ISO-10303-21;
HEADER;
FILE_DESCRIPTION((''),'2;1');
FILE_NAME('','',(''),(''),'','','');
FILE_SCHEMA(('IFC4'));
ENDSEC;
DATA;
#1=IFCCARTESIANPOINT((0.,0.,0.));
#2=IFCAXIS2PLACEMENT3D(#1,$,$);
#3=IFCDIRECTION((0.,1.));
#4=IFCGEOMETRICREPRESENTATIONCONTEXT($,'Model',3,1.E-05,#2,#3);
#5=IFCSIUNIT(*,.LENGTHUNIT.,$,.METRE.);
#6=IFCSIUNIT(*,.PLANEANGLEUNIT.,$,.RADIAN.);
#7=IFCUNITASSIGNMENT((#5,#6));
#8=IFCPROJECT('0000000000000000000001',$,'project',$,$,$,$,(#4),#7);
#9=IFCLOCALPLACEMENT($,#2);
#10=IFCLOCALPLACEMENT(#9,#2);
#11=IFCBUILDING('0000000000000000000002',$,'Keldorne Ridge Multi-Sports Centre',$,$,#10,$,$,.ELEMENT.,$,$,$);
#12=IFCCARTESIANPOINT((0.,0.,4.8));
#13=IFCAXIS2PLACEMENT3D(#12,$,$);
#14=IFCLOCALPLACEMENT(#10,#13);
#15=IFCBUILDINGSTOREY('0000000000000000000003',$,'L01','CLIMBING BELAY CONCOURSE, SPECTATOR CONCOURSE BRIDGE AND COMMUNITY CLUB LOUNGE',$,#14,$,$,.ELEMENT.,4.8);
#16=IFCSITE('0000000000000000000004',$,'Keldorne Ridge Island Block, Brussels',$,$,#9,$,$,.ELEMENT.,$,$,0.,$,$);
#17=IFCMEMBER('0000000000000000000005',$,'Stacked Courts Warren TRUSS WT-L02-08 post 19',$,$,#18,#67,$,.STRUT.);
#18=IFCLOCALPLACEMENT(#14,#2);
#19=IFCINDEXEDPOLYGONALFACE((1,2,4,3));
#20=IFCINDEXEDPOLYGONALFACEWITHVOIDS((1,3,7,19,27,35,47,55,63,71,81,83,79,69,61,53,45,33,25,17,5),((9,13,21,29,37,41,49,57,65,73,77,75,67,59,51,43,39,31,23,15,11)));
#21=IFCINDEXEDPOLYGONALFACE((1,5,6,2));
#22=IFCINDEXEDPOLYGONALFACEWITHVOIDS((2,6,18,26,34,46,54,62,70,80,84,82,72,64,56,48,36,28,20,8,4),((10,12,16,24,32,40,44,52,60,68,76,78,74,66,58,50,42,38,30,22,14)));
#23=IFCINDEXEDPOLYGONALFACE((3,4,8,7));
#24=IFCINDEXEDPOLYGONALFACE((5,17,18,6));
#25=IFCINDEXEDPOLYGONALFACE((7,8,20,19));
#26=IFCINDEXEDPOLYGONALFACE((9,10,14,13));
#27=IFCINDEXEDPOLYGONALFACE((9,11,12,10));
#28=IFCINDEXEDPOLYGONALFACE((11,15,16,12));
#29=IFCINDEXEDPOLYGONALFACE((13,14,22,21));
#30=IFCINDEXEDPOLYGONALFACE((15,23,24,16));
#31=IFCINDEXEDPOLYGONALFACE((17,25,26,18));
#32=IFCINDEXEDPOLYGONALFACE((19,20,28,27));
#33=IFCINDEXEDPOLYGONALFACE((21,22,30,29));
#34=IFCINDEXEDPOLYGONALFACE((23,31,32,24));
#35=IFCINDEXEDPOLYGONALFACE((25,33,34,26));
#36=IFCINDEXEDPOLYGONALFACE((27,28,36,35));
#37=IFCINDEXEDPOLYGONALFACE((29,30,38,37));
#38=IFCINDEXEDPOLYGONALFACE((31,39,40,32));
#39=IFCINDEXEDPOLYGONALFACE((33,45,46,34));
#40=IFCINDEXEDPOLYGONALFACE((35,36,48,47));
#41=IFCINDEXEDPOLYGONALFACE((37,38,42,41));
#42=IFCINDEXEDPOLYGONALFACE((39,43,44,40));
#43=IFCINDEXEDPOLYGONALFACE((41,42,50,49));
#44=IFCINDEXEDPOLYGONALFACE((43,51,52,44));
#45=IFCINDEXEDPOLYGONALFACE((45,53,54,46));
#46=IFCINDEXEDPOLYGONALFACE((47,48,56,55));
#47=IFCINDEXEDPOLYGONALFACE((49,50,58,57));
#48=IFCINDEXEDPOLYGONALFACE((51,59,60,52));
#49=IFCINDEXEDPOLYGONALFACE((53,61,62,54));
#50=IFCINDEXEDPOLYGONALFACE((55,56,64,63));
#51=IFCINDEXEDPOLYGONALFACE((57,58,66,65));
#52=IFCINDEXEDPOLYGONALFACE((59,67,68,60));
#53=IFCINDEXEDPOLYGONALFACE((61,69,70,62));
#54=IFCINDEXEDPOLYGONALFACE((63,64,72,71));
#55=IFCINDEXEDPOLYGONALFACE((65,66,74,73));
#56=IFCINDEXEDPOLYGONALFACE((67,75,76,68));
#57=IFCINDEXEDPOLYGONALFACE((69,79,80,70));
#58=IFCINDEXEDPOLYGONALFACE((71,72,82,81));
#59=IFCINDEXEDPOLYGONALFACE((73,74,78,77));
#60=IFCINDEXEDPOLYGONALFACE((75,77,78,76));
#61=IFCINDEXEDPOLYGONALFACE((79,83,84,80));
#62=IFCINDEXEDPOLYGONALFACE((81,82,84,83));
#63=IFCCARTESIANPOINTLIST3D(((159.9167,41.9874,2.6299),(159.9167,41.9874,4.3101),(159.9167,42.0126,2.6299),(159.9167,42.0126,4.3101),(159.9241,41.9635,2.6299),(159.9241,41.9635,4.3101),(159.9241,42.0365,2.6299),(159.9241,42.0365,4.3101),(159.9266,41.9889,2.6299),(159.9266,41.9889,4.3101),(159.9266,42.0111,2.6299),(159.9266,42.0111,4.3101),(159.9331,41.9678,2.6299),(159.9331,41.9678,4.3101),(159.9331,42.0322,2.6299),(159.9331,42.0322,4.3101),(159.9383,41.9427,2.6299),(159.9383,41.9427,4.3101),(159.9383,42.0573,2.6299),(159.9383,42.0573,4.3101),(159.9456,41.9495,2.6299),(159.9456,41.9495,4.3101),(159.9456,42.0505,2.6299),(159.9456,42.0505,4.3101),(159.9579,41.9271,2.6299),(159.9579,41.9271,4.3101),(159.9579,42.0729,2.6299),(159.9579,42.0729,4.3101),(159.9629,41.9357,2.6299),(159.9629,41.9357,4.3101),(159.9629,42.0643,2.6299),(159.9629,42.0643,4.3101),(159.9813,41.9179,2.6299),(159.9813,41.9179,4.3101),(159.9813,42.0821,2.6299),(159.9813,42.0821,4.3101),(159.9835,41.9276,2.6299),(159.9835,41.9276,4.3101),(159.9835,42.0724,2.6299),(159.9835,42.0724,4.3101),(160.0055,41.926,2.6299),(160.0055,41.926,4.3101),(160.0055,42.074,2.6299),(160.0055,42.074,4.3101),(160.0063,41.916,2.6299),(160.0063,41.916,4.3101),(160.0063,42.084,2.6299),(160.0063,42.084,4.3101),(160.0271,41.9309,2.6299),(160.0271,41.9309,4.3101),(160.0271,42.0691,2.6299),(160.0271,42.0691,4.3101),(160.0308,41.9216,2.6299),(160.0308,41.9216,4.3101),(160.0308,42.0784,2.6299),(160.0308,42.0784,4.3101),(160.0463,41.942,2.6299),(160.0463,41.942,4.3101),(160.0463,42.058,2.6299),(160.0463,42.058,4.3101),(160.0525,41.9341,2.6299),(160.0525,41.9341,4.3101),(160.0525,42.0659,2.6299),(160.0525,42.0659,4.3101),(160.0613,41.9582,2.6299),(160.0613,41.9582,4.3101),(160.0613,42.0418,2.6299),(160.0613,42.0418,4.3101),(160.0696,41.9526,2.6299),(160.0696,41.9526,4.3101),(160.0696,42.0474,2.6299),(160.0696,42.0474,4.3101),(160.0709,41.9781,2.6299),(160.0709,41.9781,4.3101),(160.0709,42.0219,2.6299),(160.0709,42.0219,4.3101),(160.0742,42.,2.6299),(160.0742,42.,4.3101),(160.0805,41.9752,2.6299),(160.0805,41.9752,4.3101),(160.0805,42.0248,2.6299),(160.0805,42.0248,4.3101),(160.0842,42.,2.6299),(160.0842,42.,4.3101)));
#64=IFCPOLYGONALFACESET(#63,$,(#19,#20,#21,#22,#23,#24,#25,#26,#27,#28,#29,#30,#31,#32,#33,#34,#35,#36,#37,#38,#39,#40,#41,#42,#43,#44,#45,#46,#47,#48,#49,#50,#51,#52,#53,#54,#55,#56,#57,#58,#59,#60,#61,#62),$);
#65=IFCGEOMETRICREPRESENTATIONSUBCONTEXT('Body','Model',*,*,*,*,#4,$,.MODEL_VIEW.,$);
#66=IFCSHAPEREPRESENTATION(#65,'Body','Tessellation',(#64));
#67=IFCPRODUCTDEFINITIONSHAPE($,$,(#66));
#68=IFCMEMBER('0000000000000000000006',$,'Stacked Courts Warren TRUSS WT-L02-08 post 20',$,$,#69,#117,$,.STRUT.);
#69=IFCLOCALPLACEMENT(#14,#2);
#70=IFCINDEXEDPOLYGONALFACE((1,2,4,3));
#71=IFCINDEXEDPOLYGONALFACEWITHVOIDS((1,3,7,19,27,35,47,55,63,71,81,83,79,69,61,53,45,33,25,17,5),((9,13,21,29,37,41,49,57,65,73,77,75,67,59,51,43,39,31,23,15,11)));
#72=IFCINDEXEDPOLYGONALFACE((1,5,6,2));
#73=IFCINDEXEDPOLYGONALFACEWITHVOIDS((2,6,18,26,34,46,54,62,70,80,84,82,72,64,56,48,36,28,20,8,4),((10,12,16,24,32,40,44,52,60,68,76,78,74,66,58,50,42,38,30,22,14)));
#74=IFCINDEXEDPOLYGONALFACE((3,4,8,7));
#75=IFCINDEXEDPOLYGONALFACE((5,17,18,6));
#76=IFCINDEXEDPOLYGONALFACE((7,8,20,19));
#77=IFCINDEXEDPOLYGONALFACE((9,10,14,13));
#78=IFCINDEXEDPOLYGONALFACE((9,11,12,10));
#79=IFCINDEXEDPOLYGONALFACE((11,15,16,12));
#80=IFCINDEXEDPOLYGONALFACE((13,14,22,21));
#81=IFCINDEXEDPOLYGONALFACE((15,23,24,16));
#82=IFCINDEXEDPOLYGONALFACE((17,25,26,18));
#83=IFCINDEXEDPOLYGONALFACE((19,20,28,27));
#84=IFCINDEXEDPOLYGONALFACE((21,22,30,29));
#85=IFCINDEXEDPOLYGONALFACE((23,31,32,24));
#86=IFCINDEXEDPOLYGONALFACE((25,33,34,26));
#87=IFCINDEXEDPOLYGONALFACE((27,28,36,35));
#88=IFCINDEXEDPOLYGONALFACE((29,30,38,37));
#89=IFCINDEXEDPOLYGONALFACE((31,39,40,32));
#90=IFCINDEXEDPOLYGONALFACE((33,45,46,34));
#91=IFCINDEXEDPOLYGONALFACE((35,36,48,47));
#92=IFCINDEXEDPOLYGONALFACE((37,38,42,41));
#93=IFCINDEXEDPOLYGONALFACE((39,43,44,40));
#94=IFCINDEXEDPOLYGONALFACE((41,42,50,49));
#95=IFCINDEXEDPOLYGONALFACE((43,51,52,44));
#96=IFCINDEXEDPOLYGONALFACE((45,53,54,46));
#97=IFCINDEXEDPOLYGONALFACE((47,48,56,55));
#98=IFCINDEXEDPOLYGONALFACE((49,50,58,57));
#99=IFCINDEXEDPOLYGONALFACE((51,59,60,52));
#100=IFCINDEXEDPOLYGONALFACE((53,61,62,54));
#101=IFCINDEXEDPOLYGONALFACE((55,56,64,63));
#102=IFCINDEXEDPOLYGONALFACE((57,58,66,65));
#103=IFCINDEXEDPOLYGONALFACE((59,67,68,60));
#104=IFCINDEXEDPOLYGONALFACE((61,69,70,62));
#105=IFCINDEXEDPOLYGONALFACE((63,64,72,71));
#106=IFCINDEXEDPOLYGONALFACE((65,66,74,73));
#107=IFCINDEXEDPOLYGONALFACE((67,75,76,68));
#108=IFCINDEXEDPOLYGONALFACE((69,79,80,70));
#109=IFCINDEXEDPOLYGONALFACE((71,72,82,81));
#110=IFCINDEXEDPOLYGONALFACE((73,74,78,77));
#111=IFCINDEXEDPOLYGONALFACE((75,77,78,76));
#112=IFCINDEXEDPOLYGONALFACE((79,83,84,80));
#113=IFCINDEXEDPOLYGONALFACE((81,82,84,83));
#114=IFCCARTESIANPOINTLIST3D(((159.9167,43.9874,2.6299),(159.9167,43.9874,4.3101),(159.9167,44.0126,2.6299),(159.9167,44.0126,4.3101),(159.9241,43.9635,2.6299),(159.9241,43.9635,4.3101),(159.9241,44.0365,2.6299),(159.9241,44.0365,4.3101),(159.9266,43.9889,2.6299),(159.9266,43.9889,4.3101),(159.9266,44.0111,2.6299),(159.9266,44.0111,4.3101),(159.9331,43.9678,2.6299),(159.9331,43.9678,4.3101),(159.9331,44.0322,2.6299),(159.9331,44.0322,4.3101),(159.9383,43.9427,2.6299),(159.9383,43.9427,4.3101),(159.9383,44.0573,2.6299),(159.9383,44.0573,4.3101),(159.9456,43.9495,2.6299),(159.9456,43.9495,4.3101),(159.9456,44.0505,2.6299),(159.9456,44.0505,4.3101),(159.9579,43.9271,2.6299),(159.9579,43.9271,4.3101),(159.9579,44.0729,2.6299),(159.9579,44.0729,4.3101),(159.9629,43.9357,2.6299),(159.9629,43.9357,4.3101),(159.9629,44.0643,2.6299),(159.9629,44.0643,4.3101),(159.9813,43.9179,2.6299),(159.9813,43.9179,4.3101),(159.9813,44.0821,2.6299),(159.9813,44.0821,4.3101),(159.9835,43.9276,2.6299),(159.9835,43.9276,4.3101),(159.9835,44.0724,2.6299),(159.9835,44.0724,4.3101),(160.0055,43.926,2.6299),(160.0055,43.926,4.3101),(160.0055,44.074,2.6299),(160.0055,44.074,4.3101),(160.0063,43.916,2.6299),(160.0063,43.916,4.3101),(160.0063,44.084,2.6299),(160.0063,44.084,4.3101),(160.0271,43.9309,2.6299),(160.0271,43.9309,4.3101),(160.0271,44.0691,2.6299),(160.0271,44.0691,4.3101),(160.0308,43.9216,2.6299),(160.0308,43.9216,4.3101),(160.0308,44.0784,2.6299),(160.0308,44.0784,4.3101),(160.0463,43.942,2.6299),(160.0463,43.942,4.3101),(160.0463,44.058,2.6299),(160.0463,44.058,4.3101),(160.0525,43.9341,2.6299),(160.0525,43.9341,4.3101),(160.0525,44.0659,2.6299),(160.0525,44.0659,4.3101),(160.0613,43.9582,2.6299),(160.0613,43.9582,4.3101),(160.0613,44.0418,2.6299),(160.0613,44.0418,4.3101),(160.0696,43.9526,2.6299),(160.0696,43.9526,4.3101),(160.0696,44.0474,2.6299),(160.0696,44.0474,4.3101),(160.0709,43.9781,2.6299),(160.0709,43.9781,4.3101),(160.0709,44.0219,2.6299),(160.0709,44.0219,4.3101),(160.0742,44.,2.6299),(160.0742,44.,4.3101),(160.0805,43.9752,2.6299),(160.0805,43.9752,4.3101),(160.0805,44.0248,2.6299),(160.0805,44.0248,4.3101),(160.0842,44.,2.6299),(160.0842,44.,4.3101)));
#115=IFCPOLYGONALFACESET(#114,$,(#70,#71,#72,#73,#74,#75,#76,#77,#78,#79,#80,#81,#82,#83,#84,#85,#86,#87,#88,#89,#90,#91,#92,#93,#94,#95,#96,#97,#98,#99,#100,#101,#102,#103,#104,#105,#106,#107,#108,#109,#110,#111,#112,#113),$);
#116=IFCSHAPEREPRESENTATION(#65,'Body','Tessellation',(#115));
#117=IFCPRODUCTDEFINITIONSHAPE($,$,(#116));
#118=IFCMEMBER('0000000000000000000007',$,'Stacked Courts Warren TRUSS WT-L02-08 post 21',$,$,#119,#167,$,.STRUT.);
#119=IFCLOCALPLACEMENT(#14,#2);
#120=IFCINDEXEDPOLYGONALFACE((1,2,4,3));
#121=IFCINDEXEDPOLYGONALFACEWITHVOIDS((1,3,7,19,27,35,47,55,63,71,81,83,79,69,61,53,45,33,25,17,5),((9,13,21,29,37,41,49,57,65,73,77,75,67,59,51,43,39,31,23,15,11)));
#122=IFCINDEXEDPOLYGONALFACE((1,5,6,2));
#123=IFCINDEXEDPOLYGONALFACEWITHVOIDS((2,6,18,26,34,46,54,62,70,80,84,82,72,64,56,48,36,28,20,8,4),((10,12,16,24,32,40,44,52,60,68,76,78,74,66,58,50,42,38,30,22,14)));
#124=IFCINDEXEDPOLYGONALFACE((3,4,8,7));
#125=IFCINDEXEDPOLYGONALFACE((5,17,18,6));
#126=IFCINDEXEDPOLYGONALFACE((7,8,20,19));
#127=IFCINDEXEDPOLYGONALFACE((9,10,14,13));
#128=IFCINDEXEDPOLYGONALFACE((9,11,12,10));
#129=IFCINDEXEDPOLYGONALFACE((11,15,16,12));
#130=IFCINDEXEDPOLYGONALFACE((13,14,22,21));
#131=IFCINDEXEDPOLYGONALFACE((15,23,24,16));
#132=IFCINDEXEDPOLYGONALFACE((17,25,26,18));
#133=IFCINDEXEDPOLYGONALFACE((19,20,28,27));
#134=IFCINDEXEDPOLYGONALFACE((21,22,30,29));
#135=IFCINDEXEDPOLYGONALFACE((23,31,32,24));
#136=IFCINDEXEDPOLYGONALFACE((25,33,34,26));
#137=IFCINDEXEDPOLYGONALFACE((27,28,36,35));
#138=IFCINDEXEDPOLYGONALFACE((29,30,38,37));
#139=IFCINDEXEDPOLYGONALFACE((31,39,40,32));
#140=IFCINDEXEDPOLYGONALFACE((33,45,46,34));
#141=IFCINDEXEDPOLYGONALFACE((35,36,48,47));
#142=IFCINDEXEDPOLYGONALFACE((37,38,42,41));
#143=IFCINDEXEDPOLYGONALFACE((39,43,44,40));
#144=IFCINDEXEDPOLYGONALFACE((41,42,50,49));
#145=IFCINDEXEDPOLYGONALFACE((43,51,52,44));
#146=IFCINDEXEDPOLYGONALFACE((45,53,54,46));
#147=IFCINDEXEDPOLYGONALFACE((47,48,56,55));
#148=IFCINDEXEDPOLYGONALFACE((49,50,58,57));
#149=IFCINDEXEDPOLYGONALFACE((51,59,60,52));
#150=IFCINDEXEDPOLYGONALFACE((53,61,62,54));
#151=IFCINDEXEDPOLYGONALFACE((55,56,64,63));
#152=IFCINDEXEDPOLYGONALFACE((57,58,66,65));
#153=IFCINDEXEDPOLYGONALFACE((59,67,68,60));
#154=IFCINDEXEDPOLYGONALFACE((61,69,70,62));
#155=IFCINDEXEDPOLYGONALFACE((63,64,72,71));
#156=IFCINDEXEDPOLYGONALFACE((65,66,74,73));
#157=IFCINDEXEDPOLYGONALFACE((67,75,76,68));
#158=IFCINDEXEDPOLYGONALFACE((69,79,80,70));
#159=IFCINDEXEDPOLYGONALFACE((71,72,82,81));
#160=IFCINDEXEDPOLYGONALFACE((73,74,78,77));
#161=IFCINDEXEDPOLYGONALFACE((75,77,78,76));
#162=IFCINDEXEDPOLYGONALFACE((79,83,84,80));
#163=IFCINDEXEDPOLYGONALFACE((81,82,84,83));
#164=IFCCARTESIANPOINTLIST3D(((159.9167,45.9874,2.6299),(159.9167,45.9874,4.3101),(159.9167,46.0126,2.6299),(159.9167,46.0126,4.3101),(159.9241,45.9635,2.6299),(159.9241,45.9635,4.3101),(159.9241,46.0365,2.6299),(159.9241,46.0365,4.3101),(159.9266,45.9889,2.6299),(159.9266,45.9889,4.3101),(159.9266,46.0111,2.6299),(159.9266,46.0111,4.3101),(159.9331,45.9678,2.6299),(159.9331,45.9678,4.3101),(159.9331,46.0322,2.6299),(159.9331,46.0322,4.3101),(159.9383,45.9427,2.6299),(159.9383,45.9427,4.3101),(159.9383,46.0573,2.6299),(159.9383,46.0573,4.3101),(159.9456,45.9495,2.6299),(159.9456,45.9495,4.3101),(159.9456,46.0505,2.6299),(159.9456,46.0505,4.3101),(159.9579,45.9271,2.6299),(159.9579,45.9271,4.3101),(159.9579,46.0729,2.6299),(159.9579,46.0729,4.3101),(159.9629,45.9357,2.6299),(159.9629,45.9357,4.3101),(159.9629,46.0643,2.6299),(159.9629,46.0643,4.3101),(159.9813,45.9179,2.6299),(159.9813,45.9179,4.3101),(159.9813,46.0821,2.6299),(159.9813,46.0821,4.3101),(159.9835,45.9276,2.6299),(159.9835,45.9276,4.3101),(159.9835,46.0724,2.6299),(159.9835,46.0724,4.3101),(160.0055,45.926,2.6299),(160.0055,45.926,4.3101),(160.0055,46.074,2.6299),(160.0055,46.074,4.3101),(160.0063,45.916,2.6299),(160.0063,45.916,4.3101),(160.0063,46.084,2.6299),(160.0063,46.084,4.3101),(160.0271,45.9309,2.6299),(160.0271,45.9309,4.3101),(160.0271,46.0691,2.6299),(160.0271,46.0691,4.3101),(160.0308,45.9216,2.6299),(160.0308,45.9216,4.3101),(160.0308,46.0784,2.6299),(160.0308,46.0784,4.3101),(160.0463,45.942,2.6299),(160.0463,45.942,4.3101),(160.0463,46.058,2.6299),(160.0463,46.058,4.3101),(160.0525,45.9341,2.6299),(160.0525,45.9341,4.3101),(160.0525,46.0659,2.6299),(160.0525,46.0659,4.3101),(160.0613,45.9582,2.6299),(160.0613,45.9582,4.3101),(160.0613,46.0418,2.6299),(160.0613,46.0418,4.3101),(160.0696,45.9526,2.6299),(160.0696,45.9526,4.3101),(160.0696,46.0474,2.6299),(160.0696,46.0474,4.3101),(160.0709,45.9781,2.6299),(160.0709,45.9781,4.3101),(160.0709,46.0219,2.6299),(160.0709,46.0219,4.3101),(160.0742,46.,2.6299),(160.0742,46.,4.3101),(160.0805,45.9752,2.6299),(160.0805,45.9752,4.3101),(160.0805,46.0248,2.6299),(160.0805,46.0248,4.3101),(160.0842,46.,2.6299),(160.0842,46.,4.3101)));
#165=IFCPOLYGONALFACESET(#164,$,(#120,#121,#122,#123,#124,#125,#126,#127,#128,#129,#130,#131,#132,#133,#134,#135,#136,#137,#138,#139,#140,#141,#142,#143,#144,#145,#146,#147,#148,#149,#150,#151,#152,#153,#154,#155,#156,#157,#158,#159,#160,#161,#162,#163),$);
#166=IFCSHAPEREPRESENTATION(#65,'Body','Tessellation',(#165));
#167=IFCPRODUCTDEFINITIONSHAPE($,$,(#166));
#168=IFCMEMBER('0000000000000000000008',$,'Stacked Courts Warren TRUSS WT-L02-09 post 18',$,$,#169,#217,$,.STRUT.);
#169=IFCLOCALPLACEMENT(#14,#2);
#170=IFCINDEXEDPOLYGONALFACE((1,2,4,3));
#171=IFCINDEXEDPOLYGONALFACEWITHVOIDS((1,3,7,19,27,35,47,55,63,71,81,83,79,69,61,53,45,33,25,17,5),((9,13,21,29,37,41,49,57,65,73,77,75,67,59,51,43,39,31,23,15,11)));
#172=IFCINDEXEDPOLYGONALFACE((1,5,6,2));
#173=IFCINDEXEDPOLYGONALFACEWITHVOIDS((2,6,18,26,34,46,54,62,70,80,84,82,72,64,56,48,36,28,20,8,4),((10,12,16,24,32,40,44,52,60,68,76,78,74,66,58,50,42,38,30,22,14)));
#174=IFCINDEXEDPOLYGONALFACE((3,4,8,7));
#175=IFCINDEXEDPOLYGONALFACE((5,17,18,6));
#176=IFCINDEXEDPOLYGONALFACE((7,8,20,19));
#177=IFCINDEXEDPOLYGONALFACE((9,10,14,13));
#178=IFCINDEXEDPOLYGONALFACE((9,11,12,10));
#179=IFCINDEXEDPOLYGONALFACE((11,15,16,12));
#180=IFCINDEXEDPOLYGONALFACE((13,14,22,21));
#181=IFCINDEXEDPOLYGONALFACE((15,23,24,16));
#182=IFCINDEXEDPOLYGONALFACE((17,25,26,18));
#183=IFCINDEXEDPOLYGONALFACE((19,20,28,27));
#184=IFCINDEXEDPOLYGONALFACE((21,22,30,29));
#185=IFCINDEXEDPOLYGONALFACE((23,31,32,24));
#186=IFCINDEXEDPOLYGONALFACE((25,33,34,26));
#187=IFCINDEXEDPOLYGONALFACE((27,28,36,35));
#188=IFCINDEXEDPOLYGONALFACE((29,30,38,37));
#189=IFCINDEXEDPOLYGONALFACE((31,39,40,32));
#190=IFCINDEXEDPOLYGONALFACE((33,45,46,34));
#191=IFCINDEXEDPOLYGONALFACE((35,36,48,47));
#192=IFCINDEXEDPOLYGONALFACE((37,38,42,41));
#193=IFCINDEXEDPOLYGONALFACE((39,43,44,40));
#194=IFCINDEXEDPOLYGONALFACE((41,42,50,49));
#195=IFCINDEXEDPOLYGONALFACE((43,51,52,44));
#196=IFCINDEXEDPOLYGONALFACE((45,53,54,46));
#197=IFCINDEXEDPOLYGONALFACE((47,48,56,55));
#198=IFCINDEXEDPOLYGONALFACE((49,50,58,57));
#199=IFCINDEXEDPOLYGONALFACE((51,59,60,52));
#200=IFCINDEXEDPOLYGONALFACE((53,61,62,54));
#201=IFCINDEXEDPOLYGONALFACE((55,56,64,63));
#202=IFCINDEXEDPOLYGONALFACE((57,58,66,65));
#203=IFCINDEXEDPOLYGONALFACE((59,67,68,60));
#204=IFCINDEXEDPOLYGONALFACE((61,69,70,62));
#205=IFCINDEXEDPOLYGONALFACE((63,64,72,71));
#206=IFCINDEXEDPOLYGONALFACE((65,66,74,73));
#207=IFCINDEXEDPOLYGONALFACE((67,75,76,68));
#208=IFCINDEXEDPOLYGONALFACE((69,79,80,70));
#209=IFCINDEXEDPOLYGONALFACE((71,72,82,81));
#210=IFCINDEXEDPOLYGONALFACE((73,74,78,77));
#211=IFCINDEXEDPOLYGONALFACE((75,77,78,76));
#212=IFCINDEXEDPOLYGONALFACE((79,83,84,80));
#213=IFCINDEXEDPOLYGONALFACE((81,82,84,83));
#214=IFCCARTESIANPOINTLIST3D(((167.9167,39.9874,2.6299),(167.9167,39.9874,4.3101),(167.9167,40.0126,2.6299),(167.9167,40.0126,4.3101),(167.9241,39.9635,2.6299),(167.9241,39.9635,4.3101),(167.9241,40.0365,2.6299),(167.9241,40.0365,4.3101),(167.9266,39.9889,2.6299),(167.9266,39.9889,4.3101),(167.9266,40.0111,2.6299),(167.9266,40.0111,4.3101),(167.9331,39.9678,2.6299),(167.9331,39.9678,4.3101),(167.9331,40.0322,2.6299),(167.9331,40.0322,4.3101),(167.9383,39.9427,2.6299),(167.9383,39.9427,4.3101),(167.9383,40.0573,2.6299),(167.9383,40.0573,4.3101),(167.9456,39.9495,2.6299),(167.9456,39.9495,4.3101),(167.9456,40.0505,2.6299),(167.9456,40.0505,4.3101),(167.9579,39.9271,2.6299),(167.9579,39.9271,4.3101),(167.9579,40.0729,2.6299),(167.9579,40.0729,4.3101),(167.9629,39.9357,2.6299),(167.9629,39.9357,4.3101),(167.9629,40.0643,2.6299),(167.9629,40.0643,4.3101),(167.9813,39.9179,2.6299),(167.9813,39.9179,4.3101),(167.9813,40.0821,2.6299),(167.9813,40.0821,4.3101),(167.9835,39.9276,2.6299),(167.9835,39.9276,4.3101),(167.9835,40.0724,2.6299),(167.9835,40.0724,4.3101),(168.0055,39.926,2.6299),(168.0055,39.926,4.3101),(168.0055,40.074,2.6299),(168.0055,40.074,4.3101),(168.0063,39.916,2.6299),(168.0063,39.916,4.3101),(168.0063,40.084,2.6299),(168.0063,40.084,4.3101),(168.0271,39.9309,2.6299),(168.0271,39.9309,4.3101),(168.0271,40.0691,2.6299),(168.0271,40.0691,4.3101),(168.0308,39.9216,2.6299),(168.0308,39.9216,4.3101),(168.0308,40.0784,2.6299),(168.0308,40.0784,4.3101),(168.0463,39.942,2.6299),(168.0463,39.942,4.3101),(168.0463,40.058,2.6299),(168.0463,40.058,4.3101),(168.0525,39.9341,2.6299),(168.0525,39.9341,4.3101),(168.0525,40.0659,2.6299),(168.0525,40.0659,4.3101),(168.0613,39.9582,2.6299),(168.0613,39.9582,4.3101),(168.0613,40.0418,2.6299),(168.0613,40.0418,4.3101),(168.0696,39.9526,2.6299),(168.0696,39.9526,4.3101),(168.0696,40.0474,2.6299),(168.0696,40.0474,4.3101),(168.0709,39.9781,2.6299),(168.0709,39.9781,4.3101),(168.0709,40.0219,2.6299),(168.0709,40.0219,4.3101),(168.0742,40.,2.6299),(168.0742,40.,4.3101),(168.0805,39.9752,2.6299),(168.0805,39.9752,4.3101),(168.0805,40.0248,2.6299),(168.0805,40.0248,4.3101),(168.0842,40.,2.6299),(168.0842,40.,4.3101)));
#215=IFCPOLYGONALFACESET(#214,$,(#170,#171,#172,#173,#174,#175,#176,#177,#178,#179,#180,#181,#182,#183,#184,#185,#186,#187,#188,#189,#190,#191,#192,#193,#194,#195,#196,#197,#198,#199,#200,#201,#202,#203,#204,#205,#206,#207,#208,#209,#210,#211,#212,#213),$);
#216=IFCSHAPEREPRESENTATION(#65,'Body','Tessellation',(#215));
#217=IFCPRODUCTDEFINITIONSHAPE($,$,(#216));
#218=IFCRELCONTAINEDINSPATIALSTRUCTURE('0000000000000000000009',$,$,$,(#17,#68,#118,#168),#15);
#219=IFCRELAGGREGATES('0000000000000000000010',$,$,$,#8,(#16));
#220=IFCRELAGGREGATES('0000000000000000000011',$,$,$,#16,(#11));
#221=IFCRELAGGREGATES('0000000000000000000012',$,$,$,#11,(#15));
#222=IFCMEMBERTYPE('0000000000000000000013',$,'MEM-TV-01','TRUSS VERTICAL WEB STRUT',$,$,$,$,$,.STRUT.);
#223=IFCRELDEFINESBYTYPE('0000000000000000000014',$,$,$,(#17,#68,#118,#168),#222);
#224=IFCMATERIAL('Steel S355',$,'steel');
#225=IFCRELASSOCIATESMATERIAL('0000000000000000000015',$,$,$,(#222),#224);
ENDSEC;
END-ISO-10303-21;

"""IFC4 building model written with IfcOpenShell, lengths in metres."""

from ifc_helpers import new_model, si_unit, direction, frame, origin, origin_2d, place, context, subcontext, project, spatial, hollow_circle, extrude, material, material_profile, profile_set, type_object, element, save


model = new_model("IFC4")

# Units and contexts
model_context = context("Model", 3, precision=1e-05, world=origin(), true_north=direction((0.0, 1.0)))
body_context = subcontext(model_context, "Body", "Model", "MODEL_VIEW")
ifc_project = project(units=[si_unit("LENGTHUNIT", "METRE"), si_unit("PLANEANGLEUNIT", "RADIAN")], contexts=[model_context])

# Site, building, storey
site_placement = place(None, origin())
site = spatial("IfcSite", under=ifc_project, at=site_placement, Name="Keldorne Ridge Island Block, Brussels", CompositionType="ELEMENT", RefElevation=0.0)
building_placement = place(site_placement, origin())
building = spatial("IfcBuilding", under=site, at=building_placement, Name="Keldorne Ridge Multi-Sports Centre", CompositionType="ELEMENT")
storey_placement = place(building_placement, frame((0.0, 0.0, 4.8)))
storey = spatial("IfcBuildingStorey", under=building, at=storey_placement, Name="L01", Description="CLIMBING BELAY CONCOURSE, SPECTATOR CONCOURSE BRIDGE AND COMMUNITY CLUB LOUNGE", CompositionType="ELEMENT", Elevation=4.8)

# Shared definitions
ifc_material = material(Name="Steel S355", Category="steel")

# Members
ifc_material_profile_1 = material_profile(ifc_material, hollow_circle(Radius=0.0842, WallThickness=0.01, at=origin_2d()), Name="CHS 168.3x10")
ifc_profile_set_1 = profile_set([ifc_material_profile_1], Name="Steel S355")
member_type_1 = type_object("IfcMemberType", Name="MEM-TV-01", Description="TRUSS VERTICAL WEB STRUT", PredefinedType="STRUT", material=ifc_profile_set_1)
for number, where, z_axis, x_axis, name in (
    (1, (160.0, 42.0, 2.6299), (0.0, 0.0, 1.0), (1.0, 0.0, 0.0), "Stacked Courts Warren TRUSS WT-L02-08 post 19"),
    (2, (160.0, 44.0, 2.6299), (0.0, 0.0, 1.0), (1.0, 0.0, 0.0), "Stacked Courts Warren TRUSS WT-L02-08 post 20"),
    (3, (160.0, 46.0, 2.6299), (0.0, 0.0, 1.0), (1.0, 0.0, 0.0), "Stacked Courts Warren TRUSS WT-L02-08 post 21"),
    (4, (168.0, 40.0, 2.6299), (0.0, 0.0, 1.0), (1.0, 0.0, 0.0), "Stacked Courts Warren TRUSS WT-L02-09 post 18"),
):
    element("IfcMember", number, at=place(storey_placement, frame(where, z_axis=z_axis, x_axis=x_axis)), inside=storey, type_object=member_type_1, Name=name, PredefinedType="STRUT", context=body_context, shape_type="SweptSolid", body=[
        extrude(hollow_circle(Radius=0.0842, WallThickness=0.01, at=origin_2d()), origin(), (0.0, 0.0, 1.0), 1.6802),
    ])

save(model, "model.ifc")
